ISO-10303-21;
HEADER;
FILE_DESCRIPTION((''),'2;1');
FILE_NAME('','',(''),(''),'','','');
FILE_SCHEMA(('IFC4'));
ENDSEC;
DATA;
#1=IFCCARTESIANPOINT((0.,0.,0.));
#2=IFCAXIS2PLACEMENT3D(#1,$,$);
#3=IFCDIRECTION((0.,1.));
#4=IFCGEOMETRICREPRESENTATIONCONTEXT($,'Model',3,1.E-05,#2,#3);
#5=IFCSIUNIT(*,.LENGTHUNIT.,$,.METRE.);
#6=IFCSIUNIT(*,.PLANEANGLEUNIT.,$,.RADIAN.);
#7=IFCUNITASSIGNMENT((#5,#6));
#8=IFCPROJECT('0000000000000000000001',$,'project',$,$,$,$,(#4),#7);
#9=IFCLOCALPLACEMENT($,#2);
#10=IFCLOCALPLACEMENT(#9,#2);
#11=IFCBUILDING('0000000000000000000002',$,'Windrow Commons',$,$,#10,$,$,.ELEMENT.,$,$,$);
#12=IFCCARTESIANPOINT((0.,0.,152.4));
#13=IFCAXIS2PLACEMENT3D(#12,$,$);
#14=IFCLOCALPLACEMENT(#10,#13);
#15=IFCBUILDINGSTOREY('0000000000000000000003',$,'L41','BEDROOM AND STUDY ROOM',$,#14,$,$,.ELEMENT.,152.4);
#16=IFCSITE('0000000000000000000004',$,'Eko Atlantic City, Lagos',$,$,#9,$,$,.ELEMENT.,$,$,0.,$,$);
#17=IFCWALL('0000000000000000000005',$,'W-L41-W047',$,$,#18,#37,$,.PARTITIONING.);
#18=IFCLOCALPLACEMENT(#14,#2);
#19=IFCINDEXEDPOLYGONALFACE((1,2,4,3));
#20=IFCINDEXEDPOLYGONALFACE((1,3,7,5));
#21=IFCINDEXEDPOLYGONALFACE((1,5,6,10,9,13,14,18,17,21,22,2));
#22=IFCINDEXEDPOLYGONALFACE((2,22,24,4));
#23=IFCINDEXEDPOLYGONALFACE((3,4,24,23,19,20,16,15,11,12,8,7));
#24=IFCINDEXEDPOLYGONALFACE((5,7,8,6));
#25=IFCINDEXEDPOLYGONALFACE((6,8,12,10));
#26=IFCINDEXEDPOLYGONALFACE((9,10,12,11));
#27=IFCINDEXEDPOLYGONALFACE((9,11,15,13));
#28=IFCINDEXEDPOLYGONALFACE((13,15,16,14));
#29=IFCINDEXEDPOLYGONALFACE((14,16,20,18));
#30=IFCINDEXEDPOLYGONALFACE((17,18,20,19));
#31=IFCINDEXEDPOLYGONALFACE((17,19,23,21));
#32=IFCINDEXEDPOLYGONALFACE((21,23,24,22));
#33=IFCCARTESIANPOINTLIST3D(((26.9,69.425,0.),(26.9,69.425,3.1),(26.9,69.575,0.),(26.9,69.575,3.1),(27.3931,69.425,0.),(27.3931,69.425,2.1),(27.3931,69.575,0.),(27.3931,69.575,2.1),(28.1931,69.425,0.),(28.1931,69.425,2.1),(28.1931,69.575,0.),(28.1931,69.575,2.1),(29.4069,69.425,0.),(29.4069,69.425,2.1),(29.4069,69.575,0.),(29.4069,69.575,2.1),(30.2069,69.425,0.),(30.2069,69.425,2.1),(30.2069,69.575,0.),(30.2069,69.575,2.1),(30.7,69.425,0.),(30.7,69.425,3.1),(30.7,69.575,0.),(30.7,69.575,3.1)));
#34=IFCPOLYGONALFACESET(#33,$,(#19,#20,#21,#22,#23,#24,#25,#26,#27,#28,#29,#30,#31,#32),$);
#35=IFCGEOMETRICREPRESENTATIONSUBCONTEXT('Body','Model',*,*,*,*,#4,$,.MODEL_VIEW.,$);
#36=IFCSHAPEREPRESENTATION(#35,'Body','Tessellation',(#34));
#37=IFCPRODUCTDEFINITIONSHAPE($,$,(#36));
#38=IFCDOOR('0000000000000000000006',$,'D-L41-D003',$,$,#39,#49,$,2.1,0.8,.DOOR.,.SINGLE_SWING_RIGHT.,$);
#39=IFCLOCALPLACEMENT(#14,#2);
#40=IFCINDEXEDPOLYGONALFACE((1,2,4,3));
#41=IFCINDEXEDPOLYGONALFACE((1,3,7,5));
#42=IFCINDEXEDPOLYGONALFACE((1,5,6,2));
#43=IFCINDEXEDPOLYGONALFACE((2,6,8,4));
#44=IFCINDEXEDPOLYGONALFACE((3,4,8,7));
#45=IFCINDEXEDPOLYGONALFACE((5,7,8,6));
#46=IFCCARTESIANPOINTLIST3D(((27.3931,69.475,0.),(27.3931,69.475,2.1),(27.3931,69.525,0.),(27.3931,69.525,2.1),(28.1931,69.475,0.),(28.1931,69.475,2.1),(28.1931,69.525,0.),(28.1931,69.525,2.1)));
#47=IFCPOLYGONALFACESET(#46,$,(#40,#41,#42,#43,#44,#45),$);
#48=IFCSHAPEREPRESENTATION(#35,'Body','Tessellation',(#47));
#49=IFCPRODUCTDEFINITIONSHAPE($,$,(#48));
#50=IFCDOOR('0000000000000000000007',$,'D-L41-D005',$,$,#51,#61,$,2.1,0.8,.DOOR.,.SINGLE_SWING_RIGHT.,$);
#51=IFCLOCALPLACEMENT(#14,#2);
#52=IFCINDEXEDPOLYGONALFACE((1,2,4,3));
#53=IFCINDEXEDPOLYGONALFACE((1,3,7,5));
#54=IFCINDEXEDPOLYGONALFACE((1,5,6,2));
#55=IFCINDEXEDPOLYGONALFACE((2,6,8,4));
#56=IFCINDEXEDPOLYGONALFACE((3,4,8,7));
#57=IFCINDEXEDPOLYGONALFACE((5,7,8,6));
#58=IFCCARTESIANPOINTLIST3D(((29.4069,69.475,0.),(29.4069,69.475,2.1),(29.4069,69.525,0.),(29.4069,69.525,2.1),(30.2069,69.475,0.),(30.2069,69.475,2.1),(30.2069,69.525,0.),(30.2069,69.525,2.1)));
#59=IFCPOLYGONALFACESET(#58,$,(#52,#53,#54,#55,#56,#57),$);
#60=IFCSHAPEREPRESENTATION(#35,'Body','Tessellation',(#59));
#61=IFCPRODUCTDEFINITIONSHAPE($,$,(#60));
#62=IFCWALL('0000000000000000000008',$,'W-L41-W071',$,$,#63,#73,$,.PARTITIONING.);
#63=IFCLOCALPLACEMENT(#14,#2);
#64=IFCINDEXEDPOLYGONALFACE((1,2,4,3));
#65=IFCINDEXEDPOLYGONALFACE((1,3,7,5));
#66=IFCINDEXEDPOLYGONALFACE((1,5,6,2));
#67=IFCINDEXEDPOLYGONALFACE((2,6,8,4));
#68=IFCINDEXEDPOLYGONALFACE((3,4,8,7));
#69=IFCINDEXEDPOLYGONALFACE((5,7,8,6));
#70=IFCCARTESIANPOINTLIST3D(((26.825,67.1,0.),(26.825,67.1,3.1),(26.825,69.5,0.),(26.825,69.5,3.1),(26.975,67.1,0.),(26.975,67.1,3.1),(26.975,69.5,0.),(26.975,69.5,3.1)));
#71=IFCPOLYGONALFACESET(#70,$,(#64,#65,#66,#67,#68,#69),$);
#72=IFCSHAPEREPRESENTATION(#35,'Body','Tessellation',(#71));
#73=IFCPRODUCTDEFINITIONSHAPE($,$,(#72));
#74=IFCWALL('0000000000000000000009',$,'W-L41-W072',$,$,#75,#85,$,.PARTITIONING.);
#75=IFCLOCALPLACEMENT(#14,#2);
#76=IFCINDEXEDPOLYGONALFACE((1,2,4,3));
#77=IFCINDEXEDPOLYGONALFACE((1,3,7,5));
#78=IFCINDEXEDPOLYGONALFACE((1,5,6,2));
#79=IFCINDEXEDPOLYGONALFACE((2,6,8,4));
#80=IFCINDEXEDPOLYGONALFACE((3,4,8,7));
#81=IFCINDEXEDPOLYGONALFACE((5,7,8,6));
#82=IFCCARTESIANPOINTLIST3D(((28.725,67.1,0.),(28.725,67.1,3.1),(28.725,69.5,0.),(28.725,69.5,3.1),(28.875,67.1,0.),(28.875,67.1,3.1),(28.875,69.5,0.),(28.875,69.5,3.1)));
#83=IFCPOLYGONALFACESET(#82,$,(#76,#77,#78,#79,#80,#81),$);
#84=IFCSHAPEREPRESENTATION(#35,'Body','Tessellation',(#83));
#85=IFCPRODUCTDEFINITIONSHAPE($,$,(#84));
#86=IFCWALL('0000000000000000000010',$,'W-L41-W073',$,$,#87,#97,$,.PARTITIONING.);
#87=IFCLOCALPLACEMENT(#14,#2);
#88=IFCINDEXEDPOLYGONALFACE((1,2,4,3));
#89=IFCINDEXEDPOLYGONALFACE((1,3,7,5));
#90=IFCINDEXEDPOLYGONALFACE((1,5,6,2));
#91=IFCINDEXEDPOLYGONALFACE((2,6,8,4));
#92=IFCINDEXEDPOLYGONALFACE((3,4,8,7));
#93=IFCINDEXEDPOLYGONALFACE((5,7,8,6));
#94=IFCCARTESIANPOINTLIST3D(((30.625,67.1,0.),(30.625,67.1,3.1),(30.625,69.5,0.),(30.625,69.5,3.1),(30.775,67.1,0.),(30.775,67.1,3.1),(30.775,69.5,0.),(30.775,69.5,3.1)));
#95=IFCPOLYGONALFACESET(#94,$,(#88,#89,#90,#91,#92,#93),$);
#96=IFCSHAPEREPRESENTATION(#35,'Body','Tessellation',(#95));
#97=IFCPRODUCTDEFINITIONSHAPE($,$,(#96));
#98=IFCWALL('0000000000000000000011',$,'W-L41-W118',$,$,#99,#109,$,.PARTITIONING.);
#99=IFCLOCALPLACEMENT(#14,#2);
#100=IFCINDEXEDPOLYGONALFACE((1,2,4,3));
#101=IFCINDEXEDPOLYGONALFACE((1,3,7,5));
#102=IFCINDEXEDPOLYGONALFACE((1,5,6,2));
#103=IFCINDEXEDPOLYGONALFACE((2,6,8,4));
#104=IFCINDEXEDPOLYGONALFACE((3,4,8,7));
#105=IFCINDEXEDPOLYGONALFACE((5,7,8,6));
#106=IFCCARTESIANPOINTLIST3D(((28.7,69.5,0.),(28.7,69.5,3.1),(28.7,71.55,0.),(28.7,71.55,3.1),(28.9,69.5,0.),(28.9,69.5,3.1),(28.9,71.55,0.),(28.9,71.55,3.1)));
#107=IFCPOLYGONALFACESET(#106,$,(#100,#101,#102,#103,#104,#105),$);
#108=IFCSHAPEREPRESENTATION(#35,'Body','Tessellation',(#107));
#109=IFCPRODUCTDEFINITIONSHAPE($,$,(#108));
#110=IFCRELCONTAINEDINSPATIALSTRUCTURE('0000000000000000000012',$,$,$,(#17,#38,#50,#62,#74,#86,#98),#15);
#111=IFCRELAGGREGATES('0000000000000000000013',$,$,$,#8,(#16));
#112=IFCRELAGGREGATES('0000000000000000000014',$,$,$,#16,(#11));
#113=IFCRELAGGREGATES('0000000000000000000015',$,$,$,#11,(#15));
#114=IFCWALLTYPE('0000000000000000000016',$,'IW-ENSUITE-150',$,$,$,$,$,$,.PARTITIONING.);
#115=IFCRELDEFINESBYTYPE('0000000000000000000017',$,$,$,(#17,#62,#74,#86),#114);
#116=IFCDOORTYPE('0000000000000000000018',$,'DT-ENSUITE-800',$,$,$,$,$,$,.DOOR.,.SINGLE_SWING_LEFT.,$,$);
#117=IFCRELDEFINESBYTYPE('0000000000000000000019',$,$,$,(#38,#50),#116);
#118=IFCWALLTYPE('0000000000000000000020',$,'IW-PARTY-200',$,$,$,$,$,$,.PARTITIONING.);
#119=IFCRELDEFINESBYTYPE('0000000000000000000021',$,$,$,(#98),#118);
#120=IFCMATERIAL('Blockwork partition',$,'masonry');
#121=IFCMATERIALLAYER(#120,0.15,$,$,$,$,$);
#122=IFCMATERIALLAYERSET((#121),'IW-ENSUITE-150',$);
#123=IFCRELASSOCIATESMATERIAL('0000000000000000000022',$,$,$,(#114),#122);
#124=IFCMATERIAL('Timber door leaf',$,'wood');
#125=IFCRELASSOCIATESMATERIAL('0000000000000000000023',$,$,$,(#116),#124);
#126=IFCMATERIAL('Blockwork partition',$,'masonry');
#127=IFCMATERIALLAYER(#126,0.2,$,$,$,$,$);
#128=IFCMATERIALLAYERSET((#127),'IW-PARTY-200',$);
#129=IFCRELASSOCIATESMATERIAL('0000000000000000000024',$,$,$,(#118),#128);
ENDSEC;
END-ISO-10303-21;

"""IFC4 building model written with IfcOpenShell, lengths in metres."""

from ifc_helpers import new_model, si_unit, direction, frame, frame_2d, origin, place, context, subcontext, project, spatial, rectangle, extrude, material, layer, layer_set, type_object, element, fill, save


model = new_model("IFC4")

# Units and contexts
model_context = context("Model", 3, precision=1e-05, world=origin(), true_north=direction((0.0, 1.0)))
body_context = subcontext(model_context, "Body", "Model", "MODEL_VIEW")
ifc_project = project(units=[si_unit("LENGTHUNIT", "METRE"), si_unit("PLANEANGLEUNIT", "RADIAN")], contexts=[model_context])

# Site, building, storey
site_placement = place(None, origin())
site = spatial("IfcSite", under=ifc_project, at=site_placement, Name="Eko Atlantic City, Lagos", CompositionType="ELEMENT", RefElevation=0.0)
building_placement = place(site_placement, origin())
building = spatial("IfcBuilding", under=site, at=building_placement, Name="Windrow Commons", CompositionType="ELEMENT")
storey_placement = place(building_placement, frame((0.0, 0.0, 152.4)))
storey = spatial("IfcBuildingStorey", under=building, at=storey_placement, Name="L41", Description="BEDROOM AND STUDY ROOM", CompositionType="ELEMENT", Elevation=152.4)

# Wall, openings, doors
ifc_material_1 = material(Name="Blockwork partition", Category="masonry")
ifc_layer_1 = layer(ifc_material_1, 0.15)
ifc_layer_set_1 = layer_set([ifc_layer_1], Name="IW-ENSUITE-150")
wall_type_1 = type_object("IfcWallType", Name="IW-ENSUITE-150", PredefinedType="PARTITIONING", material=ifc_layer_set_1)
wall_1_placement = place(storey_placement, frame((26.9, 69.5, 0.0), z_axis=(0.0, 0.0, 1.0), x_axis=(1.0, 0.0, 0.0)))
wall_1 = element("IfcWall", 1, at=wall_1_placement, inside=storey, type_object=wall_type_1, Name="W-L41-W047", PredefinedType="PARTITIONING", context=body_context, shape_type="SweptSolid", body=[
    extrude(rectangle(XDim=3.8, YDim=0.15, at=frame_2d((1.9, 0.0))), origin(), (0.0, 0.0, 1.0), 3.1),
])
opening_1_placement = place(wall_1_placement, frame((0.4931, 0.0, 0.0)))
opening_1 = element("IfcOpeningElement", 2, at=opening_1_placement, cuts=wall_1, PredefinedType="OPENING", context=body_context, shape_type="SweptSolid", body=[
    extrude(rectangle(XDim=0.8, YDim=2.1, at=frame_2d((0.4, 1.05))), frame((0.0, 0.085, 0.0), z_axis=(0.0, -1.0, 0.0), x_axis=(1.0, 0.0, 0.0)), (0.0, 0.0, 1.0), 0.17),
])
opening_2_placement = place(wall_1_placement, frame((2.5069, 0.0, 0.0)))
opening_2 = element("IfcOpeningElement", 3, at=opening_2_placement, cuts=wall_1, PredefinedType="OPENING", context=body_context, shape_type="SweptSolid", body=[
    extrude(rectangle(XDim=0.8, YDim=2.1, at=frame_2d((0.4, 1.05))), frame((0.0, 0.085, 0.0), z_axis=(0.0, -1.0, 0.0), x_axis=(1.0, 0.0, 0.0)), (0.0, 0.0, 1.0), 0.17),
])
ifc_material_2 = material(Name="Timber door leaf", Category="wood")
door_type = type_object("IfcDoorType", Name="DT-ENSUITE-800", OperationType="SINGLE_SWING_LEFT", PredefinedType="DOOR", material=ifc_material_2)
door_1_placement = place(opening_1_placement, origin())
door_1 = element("IfcDoor", 4, at=door_1_placement, inside=storey, type_object=door_type, Name="D-L41-D003", OperationType="SINGLE_SWING_RIGHT", OverallHeight=2.1, OverallWidth=0.8, PredefinedType="DOOR", context=body_context, shape_type="SweptSolid", body=[
    extrude(rectangle(XDim=0.8, YDim=2.1, at=frame_2d((0.4, 1.05))), frame((0.0, 0.025, 0.0), z_axis=(0.0, -1.0, 0.0), x_axis=(1.0, 0.0, 0.0)), (0.0, 0.0, 1.0), 0.05),
])
fill(opening_1, door_1)
door_2_placement = place(opening_2_placement, origin())
door_2 = element("IfcDoor", 5, at=door_2_placement, inside=storey, type_object=door_type, Name="D-L41-D005", OperationType="SINGLE_SWING_RIGHT", OverallHeight=2.1, OverallWidth=0.8, PredefinedType="DOOR", context=body_context, shape_type="SweptSolid", body=[
    extrude(rectangle(XDim=0.8, YDim=2.1, at=frame_2d((0.4, 1.05))), frame((0.0, 0.025, 0.0), z_axis=(0.0, -1.0, 0.0), x_axis=(1.0, 0.0, 0.0)), (0.0, 0.0, 1.0), 0.05),
])
fill(opening_2, door_2)

# Walls
for number, where, z_axis, x_axis, name in (
    (6, (26.9, 67.1, 0.0), (0.0, 0.0, 1.0), (0.0, 1.0, 0.0), "W-L41-W071"),
    (7, (28.8, 67.1, 0.0), (0.0, 0.0, 1.0), (0.0, 1.0, 0.0), "W-L41-W072"),
    (8, (30.7, 67.1, 0.0), (0.0, 0.0, 1.0), (0.0, 1.0, 0.0), "W-L41-W073"),
):
    element("IfcWall", number, at=place(storey_placement, frame(where, z_axis=z_axis, x_axis=x_axis)), inside=storey, type_object=wall_type_1, Name=name, PredefinedType="PARTITIONING", context=body_context, shape_type="SweptSolid", body=[
        extrude(rectangle(XDim=2.4, YDim=0.15, at=frame_2d((1.2, 0.0))), origin(), (0.0, 0.0, 1.0), 3.1),
    ])
ifc_material_3 = material(Name="Blockwork partition", Category="masonry")
ifc_layer_2 = layer(ifc_material_3, 0.2)
ifc_layer_set_2 = layer_set([ifc_layer_2], Name="IW-PARTY-200")
wall_type_2 = type_object("IfcWallType", Name="IW-PARTY-200", PredefinedType="PARTITIONING", material=ifc_layer_set_2)
wall_2_placement = place(storey_placement, frame((28.8, 69.5, 0.0), z_axis=(0.0, 0.0, 1.0), x_axis=(0.0, 1.0, 0.0)))
element("IfcWall", 9, at=wall_2_placement, inside=storey, type_object=wall_type_2, Name="W-L41-W118", PredefinedType="PARTITIONING", context=body_context, shape_type="SweptSolid", body=[
    extrude(rectangle(XDim=2.05, YDim=0.2, at=frame_2d((1.025, 0.0))), origin(), (0.0, 0.0, 1.0), 3.1),
])

save(model, "model.ifc")
